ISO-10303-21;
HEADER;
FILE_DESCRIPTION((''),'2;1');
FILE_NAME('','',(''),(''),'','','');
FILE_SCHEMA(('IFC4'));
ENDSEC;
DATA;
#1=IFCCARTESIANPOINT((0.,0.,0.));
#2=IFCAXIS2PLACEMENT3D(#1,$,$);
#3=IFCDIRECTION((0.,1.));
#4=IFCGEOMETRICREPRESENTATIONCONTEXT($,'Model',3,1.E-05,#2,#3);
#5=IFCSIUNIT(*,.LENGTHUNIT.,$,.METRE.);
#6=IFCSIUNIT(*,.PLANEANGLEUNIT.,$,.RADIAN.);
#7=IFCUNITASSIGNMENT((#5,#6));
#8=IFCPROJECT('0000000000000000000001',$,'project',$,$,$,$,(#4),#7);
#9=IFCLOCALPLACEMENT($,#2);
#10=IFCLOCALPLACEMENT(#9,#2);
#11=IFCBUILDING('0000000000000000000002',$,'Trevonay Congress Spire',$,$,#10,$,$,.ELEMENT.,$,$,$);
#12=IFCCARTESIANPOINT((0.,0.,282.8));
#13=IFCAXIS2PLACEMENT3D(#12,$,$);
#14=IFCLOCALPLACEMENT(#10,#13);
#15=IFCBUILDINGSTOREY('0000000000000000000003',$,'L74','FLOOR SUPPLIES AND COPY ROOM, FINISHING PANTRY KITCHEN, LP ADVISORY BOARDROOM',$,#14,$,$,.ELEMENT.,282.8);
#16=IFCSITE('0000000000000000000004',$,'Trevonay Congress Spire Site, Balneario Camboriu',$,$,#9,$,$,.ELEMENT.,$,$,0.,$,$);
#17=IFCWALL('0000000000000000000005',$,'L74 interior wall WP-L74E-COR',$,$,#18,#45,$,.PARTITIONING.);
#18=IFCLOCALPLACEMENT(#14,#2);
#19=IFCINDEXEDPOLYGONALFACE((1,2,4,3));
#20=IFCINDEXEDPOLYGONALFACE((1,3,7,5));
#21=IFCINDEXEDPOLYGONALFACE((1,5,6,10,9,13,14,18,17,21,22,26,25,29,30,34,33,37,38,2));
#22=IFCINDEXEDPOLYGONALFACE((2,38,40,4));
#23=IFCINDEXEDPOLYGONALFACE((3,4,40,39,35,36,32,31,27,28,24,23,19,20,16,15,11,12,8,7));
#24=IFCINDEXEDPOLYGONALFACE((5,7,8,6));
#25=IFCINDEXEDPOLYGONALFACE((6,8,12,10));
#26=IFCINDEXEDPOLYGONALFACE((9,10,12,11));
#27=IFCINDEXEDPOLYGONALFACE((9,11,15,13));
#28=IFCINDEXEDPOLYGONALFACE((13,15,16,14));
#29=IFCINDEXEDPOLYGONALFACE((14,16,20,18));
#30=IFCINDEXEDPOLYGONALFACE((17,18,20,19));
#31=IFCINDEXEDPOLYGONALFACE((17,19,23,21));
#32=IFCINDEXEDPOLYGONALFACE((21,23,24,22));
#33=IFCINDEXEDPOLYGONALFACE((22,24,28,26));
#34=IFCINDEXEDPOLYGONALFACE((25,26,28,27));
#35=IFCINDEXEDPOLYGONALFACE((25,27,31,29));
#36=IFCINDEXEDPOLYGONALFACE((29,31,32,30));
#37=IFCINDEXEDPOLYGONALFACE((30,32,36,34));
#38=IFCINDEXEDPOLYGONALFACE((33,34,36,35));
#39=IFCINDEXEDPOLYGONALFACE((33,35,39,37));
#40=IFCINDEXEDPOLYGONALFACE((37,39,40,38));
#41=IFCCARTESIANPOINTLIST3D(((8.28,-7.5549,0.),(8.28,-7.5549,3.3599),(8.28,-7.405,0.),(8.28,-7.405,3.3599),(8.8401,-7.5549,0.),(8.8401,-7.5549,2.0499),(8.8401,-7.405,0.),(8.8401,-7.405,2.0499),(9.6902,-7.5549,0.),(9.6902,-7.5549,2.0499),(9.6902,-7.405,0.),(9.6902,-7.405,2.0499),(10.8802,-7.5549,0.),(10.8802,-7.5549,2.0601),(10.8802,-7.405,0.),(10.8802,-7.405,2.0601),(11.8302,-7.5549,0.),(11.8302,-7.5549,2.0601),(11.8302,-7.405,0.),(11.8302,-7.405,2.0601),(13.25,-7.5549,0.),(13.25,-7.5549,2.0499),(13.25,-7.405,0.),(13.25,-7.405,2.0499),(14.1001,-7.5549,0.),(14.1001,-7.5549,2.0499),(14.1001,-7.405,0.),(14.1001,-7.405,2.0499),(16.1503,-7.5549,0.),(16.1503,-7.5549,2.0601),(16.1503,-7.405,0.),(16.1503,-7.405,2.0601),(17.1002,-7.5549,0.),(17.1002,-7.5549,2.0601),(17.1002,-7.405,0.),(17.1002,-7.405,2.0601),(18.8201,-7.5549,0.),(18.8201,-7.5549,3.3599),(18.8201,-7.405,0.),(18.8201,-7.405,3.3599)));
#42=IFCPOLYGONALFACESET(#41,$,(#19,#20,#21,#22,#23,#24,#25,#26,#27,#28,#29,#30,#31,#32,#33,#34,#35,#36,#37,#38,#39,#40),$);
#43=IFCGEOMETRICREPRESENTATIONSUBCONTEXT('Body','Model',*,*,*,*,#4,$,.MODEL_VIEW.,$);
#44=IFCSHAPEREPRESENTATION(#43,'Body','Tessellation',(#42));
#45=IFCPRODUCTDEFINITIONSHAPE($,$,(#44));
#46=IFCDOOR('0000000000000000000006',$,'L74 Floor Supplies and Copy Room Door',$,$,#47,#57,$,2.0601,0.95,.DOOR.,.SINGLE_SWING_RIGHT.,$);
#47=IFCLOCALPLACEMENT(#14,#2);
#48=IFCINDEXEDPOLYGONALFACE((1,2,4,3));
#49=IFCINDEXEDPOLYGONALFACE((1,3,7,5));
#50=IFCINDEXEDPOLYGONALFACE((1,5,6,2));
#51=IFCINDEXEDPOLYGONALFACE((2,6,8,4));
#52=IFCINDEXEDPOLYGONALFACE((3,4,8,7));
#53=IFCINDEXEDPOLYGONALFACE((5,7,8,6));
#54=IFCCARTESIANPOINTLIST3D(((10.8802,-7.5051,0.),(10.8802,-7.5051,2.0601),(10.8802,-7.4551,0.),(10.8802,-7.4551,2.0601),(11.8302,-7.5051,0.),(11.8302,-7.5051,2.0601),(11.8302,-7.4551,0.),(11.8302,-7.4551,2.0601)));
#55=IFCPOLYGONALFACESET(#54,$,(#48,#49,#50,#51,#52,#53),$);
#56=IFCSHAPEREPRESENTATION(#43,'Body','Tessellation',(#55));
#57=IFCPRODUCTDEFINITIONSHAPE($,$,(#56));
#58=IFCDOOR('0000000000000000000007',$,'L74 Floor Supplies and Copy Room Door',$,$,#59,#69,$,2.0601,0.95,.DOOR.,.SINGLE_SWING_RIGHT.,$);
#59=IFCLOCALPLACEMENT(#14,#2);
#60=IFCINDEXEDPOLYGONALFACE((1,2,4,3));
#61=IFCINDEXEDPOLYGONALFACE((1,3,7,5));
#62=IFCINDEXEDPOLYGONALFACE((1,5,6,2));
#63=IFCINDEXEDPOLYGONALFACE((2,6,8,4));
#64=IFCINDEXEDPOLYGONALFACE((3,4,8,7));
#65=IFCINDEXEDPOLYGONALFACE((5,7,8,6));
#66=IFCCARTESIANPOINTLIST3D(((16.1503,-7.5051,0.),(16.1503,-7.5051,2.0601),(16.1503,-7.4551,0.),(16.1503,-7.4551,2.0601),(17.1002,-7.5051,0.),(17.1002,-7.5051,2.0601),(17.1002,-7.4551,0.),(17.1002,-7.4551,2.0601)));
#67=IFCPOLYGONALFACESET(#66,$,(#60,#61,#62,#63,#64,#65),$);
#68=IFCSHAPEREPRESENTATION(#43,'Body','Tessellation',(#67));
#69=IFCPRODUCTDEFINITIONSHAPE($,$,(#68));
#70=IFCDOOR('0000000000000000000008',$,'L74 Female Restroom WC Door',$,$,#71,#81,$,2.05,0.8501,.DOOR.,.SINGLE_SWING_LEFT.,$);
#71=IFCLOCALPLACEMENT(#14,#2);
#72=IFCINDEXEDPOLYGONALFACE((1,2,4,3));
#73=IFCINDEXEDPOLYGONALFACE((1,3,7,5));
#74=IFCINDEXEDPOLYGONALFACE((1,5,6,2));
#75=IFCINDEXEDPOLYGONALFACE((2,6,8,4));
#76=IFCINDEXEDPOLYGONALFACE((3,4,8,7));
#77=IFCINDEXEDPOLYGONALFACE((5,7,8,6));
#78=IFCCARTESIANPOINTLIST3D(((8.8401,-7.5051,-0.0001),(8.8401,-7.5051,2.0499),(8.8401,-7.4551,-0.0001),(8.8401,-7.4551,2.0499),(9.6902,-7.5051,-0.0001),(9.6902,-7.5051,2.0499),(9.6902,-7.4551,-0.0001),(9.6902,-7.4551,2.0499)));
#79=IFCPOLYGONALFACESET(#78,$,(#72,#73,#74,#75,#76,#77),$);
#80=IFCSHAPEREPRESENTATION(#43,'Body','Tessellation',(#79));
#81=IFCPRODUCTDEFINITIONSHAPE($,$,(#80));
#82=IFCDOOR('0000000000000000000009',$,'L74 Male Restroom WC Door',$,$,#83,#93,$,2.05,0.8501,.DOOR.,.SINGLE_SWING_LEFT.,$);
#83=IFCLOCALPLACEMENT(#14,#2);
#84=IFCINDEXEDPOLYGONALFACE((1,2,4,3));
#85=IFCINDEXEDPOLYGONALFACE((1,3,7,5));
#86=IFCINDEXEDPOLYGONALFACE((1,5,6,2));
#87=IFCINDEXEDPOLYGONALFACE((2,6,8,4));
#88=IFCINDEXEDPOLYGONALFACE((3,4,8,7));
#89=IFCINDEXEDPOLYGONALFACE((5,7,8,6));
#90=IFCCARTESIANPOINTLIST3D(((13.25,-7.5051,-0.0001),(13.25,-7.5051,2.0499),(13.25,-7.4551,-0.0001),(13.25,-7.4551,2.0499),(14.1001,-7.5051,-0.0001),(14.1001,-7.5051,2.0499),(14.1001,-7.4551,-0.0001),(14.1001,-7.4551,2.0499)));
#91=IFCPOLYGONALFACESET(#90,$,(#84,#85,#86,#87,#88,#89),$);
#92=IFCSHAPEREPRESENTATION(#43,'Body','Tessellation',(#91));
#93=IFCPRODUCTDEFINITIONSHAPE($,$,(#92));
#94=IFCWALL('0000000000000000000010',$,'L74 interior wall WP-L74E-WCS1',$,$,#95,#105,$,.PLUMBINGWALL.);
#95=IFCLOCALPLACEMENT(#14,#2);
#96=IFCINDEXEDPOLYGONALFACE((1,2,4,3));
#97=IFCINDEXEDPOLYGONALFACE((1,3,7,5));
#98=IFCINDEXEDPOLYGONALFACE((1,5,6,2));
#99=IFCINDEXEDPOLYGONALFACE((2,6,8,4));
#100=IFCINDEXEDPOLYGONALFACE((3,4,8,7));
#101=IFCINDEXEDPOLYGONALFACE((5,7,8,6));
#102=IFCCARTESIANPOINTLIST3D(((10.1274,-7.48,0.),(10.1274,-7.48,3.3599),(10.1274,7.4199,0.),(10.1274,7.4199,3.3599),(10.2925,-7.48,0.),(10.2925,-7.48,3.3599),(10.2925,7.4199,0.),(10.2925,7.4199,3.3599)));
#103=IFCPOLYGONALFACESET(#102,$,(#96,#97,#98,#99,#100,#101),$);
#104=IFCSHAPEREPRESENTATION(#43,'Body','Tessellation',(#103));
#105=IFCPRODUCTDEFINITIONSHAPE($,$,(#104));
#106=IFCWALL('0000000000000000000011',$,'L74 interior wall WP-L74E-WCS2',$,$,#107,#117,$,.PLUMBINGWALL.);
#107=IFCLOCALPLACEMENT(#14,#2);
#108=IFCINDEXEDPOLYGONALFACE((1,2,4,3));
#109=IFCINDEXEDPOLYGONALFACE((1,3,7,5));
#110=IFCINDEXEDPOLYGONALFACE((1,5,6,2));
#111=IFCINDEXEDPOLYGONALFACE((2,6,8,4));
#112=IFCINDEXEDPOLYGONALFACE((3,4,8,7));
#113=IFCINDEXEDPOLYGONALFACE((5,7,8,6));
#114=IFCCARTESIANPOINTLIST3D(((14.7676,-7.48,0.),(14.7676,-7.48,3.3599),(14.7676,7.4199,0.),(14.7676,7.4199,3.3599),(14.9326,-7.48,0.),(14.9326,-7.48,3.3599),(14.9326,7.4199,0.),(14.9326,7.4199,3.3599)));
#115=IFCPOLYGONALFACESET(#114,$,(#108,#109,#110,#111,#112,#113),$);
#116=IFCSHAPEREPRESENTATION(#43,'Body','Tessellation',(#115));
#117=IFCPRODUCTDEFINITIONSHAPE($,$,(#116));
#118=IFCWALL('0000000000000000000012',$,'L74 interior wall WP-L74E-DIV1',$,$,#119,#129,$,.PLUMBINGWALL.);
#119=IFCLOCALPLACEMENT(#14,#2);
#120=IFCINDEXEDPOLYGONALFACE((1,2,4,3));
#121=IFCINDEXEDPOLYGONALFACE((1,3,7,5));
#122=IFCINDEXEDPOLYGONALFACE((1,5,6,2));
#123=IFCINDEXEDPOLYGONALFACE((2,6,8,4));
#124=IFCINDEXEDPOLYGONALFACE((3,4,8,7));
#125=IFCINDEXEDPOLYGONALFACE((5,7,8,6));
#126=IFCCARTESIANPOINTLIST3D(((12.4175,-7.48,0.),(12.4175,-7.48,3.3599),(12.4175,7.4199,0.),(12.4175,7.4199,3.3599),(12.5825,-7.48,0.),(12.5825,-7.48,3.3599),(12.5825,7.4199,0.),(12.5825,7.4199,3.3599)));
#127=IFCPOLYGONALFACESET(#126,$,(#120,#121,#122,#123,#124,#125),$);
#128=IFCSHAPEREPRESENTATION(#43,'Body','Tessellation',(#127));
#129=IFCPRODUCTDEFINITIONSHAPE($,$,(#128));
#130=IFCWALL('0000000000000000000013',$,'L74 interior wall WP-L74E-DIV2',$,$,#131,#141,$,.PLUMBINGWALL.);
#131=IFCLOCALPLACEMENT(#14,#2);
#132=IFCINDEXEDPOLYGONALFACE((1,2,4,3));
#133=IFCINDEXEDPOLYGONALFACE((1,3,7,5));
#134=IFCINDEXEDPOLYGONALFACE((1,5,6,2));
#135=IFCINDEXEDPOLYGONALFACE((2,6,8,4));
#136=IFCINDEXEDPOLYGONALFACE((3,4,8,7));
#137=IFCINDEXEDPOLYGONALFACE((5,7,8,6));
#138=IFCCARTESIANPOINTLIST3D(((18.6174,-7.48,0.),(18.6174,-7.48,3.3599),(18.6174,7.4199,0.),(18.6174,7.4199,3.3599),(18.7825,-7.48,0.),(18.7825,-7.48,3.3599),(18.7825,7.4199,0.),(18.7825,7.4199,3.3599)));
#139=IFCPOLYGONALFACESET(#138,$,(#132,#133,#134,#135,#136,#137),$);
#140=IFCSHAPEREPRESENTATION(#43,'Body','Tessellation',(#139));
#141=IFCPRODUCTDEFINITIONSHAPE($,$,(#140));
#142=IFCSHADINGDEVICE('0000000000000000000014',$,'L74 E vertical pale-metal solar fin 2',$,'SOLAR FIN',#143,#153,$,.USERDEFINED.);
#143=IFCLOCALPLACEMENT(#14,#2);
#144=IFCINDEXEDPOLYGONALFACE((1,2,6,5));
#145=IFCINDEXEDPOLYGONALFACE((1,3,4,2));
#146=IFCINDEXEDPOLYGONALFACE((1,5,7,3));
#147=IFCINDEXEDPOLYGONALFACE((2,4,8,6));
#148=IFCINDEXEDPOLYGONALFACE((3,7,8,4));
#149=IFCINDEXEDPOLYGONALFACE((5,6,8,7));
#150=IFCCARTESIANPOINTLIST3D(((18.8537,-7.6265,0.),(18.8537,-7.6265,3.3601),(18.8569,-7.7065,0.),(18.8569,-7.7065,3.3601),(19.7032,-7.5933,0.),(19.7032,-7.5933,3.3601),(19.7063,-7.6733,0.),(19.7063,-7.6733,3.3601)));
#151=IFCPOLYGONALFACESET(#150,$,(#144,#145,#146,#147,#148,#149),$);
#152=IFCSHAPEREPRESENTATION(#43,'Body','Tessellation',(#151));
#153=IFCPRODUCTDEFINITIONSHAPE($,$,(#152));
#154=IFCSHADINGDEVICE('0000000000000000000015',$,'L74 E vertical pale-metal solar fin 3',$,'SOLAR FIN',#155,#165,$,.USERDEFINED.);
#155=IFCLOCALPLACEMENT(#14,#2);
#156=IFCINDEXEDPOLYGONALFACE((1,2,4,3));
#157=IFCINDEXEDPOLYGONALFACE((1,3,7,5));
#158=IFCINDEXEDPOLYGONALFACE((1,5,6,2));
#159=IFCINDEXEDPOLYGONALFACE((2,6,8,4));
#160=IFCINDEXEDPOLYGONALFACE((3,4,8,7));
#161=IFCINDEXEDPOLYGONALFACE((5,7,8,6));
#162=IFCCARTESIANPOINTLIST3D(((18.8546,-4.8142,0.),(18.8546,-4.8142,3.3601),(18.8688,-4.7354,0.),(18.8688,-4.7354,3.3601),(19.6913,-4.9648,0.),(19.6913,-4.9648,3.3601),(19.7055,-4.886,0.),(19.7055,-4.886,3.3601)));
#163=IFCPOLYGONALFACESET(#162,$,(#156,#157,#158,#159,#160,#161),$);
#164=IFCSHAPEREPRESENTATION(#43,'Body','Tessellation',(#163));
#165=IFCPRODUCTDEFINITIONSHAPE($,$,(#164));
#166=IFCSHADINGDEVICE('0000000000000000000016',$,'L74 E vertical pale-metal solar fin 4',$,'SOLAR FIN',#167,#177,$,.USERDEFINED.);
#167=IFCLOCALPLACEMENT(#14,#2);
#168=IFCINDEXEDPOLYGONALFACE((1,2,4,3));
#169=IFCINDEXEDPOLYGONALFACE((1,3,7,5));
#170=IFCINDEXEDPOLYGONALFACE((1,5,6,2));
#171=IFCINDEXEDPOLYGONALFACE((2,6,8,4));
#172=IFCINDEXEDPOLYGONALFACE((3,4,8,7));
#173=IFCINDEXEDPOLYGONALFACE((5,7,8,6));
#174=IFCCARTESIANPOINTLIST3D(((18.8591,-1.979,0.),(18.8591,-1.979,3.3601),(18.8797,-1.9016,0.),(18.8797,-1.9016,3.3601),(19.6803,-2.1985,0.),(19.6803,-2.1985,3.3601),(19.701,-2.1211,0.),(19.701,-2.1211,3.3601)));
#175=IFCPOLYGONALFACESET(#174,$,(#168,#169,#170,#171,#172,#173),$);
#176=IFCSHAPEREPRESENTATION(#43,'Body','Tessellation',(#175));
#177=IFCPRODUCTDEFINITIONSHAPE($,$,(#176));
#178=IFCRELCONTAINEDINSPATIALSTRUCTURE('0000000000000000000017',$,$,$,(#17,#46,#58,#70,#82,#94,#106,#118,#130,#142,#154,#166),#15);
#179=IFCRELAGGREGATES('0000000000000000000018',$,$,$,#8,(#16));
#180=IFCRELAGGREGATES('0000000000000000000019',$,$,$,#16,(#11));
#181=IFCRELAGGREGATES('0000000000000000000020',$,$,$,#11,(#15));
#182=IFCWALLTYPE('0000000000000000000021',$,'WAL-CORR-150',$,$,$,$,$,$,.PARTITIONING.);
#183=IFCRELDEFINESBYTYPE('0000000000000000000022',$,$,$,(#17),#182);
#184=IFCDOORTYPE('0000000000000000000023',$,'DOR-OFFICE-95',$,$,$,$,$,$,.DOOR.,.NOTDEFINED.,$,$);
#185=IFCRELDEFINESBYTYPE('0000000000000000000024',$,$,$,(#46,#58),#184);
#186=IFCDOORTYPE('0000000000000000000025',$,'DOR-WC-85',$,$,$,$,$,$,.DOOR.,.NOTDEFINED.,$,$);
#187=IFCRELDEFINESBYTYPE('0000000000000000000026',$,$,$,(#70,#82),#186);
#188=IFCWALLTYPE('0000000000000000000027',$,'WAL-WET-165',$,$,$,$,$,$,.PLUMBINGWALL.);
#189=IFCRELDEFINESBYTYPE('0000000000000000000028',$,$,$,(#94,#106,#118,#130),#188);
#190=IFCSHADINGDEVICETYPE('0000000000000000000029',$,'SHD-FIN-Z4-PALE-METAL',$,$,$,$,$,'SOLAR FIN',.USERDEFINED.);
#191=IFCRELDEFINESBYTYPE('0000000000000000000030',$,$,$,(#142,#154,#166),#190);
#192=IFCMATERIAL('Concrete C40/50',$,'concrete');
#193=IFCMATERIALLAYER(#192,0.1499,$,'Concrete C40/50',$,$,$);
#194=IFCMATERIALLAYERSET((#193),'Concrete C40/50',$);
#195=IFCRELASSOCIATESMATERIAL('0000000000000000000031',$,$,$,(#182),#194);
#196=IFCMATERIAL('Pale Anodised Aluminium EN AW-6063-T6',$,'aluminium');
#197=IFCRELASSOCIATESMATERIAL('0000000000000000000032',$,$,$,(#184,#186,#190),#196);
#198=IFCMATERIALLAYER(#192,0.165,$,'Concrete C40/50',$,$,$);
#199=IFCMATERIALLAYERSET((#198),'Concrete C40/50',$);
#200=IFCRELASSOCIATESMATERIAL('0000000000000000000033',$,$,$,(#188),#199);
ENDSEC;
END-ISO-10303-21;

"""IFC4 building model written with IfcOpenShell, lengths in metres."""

from ifc_helpers import new_model, si_unit, direction, frame, frame_2d, origin, origin_2d, place, context, subcontext, project, spatial, rectangle, extrude, material, layer, layer_set, type_object, element, fill, save


model = new_model("IFC4")

# Units and contexts
model_context = context("Model", 3, precision=1e-05, world=origin(), true_north=direction((0.0, 1.0)))
body_context = subcontext(model_context, "Body", "Model", "MODEL_VIEW")
ifc_project = project(units=[si_unit("LENGTHUNIT", "METRE"), si_unit("PLANEANGLEUNIT", "RADIAN")], contexts=[model_context])

# Site, building, storey
site_placement = place(None, origin())
site = spatial("IfcSite", under=ifc_project, at=site_placement, Name="Trevonay Congress Spire Site, Balneario Camboriu", CompositionType="ELEMENT", RefElevation=0.0)
building_placement = place(site_placement, origin())
building = spatial("IfcBuilding", under=site, at=building_placement, Name="Trevonay Congress Spire", CompositionType="ELEMENT")
storey_placement = place(building_placement, frame((0.0, 0.0, 282.8)))
storey = spatial("IfcBuildingStorey", under=building, at=storey_placement, Name="L74", Description="FLOOR SUPPLIES AND COPY ROOM, FINISHING PANTRY KITCHEN, LP ADVISORY BOARDROOM", CompositionType="ELEMENT", Elevation=282.8)

# Shared definitions
ifc_material_1 = material(Name="Pale Anodised Aluminium EN AW-6063-T6", Category="aluminium")

# Wall, openings, doors
ifc_material_2 = material(Name="Concrete C40/50", Category="concrete")
ifc_layer_1 = layer(ifc_material_2, 0.1499, Name="Concrete C40/50")
ifc_layer_set_1 = layer_set([ifc_layer_1], Name="Concrete C40/50")
wall_type_1 = type_object("IfcWallType", Name="WAL-CORR-150", PredefinedType="PARTITIONING", material=ifc_layer_set_1)
wall_placement = place(storey_placement, frame((8.28, -7.48, 0.0), z_axis=(0.0, 0.0, 1.0), x_axis=(1.0, 0.0, 0.0)))
wall = element("IfcWall", 1, at=wall_placement, inside=storey, type_object=wall_type_1, Name="L74 interior wall WP-L74E-COR", PredefinedType="PARTITIONING", context=body_context, shape_type="SweptSolid", body=[
    extrude(rectangle(XDim=10.54, YDim=0.1499, at=frame_2d((5.27, 0.0))), origin(), (0.0, 0.0, 1.0), 3.3599),
])
opening_1_placement = place(wall_placement, frame((0.5601, 0.0, 0.0)))
opening_1 = element("IfcOpeningElement", 2, at=opening_1_placement, cuts=wall, PredefinedType="OPENING", context=body_context, shape_type="SweptSolid", body=[
    extrude(rectangle(XDim=0.8501, YDim=2.05, at=frame_2d((0.425, 1.0249))), frame((0.0, 0.085, 0.0), z_axis=(0.0, -1.0, 0.0), x_axis=(1.0, 0.0, 0.0)), (0.0, 0.0, 1.0), 0.1699),
])
opening_2_placement = place(wall_placement, frame((2.6001, 0.0, 0.0)))
opening_2 = element("IfcOpeningElement", 3, at=opening_2_placement, cuts=wall, PredefinedType="OPENING", context=body_context, shape_type="SweptSolid", body=[
    extrude(rectangle(XDim=0.95, YDim=2.0601, at=frame_2d((0.4751, 1.03))), frame((0.0, 0.085, 0.0), z_axis=(0.0, -1.0, 0.0), x_axis=(1.0, 0.0, 0.0)), (0.0, 0.0, 1.0), 0.1699),
])
opening_3_placement = place(wall_placement, frame((4.97, 0.0, 0.0)))
opening_3 = element("IfcOpeningElement", 4, at=opening_3_placement, cuts=wall, PredefinedType="OPENING", context=body_context, shape_type="SweptSolid", body=[
    extrude(rectangle(XDim=0.8501, YDim=2.05, at=frame_2d((0.425, 1.0249))), frame((0.0, 0.085, 0.0), z_axis=(0.0, -1.0, 0.0), x_axis=(1.0, 0.0, 0.0)), (0.0, 0.0, 1.0), 0.1699),
])
opening_4_placement = place(wall_placement, frame((7.8701, 0.0, 0.0)))
opening_4 = element("IfcOpeningElement", 5, at=opening_4_placement, cuts=wall, PredefinedType="OPENING", context=body_context, shape_type="SweptSolid", body=[
    extrude(rectangle(XDim=0.95, YDim=2.0601, at=frame_2d((0.4751, 1.03))), frame((0.0, 0.085, 0.0), z_axis=(0.0, -1.0, 0.0), x_axis=(1.0, 0.0, 0.0)), (0.0, 0.0, 1.0), 0.1699),
])
door_type_1 = type_object("IfcDoorType", Name="DOR-OFFICE-95", OperationType="NOTDEFINED", PredefinedType="DOOR", material=ifc_material_1)
door_1_placement = place(opening_2_placement, origin())
door_1 = element("IfcDoor", 6, at=door_1_placement, inside=storey, type_object=door_type_1, Name="L74 Floor Supplies and Copy Room Door", OperationType="SINGLE_SWING_RIGHT", OverallHeight=2.0601, OverallWidth=0.95, PredefinedType="DOOR", context=body_context, shape_type="SweptSolid", body=[
    extrude(rectangle(XDim=0.95, YDim=2.0601, at=frame_2d((0.4751, 1.03))), frame((0.0, 0.0249, 0.0), z_axis=(0.0, -1.0, 0.0), x_axis=(1.0, 0.0, 0.0)), (0.0, 0.0, 1.0), 0.05),
])
fill(opening_2, door_1)
door_2_placement = place(opening_4_placement, origin())
door_2 = element("IfcDoor", 7, at=door_2_placement, inside=storey, type_object=door_type_1, Name="L74 Floor Supplies and Copy Room Door", OperationType="SINGLE_SWING_RIGHT", OverallHeight=2.0601, OverallWidth=0.95, PredefinedType="DOOR", context=body_context, shape_type="SweptSolid", body=[
    extrude(rectangle(XDim=0.95, YDim=2.0601, at=frame_2d((0.4751, 1.03))), frame((0.0, 0.0249, 0.0), z_axis=(0.0, -1.0, 0.0), x_axis=(1.0, 0.0, 0.0)), (0.0, 0.0, 1.0), 0.05),
])
fill(opening_4, door_2)
door_type_2 = type_object("IfcDoorType", Name="DOR-WC-85", OperationType="NOTDEFINED", PredefinedType="DOOR", material=ifc_material_1)
door_3_placement = place(opening_1_placement, origin())
door_3 = element("IfcDoor", 8, at=door_3_placement, inside=storey, type_object=door_type_2, Name="L74 Female Restroom WC Door", OperationType="SINGLE_SWING_LEFT", OverallHeight=2.05, OverallWidth=0.8501, PredefinedType="DOOR", context=body_context, shape_type="SweptSolid", body=[
    extrude(rectangle(XDim=0.8501, YDim=2.05, at=frame_2d((0.425, 1.0249))), frame((0.0, 0.0249, 0.0), z_axis=(0.0, -1.0, 0.0), x_axis=(1.0, 0.0, 0.0)), (0.0, 0.0, 1.0), 0.05),
])
fill(opening_1, door_3)
door_4_placement = place(opening_3_placement, origin())
door_4 = element("IfcDoor", 9, at=door_4_placement, inside=storey, type_object=door_type_2, Name="L74 Male Restroom WC Door", OperationType="SINGLE_SWING_LEFT", OverallHeight=2.05, OverallWidth=0.8501, PredefinedType="DOOR", context=body_context, shape_type="SweptSolid", body=[
    extrude(rectangle(XDim=0.8501, YDim=2.05, at=frame_2d((0.425, 1.0249))), frame((0.0, 0.0249, 0.0), z_axis=(0.0, -1.0, 0.0), x_axis=(1.0, 0.0, 0.0)), (0.0, 0.0, 1.0), 0.05),
])
fill(opening_3, door_4)

# Walls
ifc_layer_2 = layer(ifc_material_2, 0.165, Name="Concrete C40/50")
ifc_layer_set_2 = layer_set([ifc_layer_2], Name="Concrete C40/50")
wall_type_2 = type_object("IfcWallType", Name="WAL-WET-165", PredefinedType="PLUMBINGWALL", material=ifc_layer_set_2)
for number, where, z_axis, x_axis, name in (
    (10, (10.21, -7.48, 0.0), (0.0, 0.0, 1.0), (0.0, 1.0, 0.0), "L74 interior wall WP-L74E-WCS1"),
    (11, (14.8501, -7.48, 0.0), (0.0, 0.0, 1.0), (0.0, 1.0, 0.0), "L74 interior wall WP-L74E-WCS2"),
    (12, (12.5, -7.48, 0.0), (0.0, 0.0, 1.0), (0.0, 1.0, 0.0), "L74 interior wall WP-L74E-DIV1"),
    (13, (18.7, -7.48, 0.0), (0.0, 0.0, 1.0), (0.0, 1.0, 0.0), "L74 interior wall WP-L74E-DIV2"),
):
    element("IfcWall", number, at=place(storey_placement, frame(where, z_axis=z_axis, x_axis=x_axis)), inside=storey, type_object=wall_type_2, Name=name, PredefinedType="PLUMBINGWALL", context=body_context, shape_type="SweptSolid", body=[
        extrude(rectangle(XDim=14.8999, YDim=0.165, at=frame_2d((7.45, 0.0))), origin(), (0.0, 0.0, 1.0), 3.3599),
    ])

# Shading devices
shading_device_type = type_object("IfcShadingDeviceType", Name="SHD-FIN-Z4-PALE-METAL", ElementType="SOLAR FIN", PredefinedType="USERDEFINED", material=ifc_material_1)
for number, where, z_axis, x_axis, name in (
    (14, (19.28, -7.6499, 0.0), (0.0, 0.0, 1.0), (-0.039085, 0.999236, 0.0), "L74 E vertical pale-metal solar fin 2"),
    (15, (19.28, -4.8501, 0.0), (0.0, 0.0, 1.0), (0.177085, 0.984196, 0.0), "L74 E vertical pale-metal solar fin 3"),
    (16, (19.28, -2.05, 0.0), (0.0, 0.0, 1.0), (0.258145, 0.966106, 0.0), "L74 E vertical pale-metal solar fin 4"),
):
    element("IfcShadingDevice", number, at=place(storey_placement, frame(where, z_axis=z_axis, x_axis=x_axis)), inside=storey, type_object=shading_device_type, Name=name, ObjectType="SOLAR FIN", PredefinedType="USERDEFINED", context=body_context, shape_type="SweptSolid", body=[
        extrude(rectangle(XDim=0.0801, YDim=0.8501, at=origin_2d()), origin(), (0.0, 0.0, 1.0), 3.3601),
    ])

save(model, "model.ifc")
